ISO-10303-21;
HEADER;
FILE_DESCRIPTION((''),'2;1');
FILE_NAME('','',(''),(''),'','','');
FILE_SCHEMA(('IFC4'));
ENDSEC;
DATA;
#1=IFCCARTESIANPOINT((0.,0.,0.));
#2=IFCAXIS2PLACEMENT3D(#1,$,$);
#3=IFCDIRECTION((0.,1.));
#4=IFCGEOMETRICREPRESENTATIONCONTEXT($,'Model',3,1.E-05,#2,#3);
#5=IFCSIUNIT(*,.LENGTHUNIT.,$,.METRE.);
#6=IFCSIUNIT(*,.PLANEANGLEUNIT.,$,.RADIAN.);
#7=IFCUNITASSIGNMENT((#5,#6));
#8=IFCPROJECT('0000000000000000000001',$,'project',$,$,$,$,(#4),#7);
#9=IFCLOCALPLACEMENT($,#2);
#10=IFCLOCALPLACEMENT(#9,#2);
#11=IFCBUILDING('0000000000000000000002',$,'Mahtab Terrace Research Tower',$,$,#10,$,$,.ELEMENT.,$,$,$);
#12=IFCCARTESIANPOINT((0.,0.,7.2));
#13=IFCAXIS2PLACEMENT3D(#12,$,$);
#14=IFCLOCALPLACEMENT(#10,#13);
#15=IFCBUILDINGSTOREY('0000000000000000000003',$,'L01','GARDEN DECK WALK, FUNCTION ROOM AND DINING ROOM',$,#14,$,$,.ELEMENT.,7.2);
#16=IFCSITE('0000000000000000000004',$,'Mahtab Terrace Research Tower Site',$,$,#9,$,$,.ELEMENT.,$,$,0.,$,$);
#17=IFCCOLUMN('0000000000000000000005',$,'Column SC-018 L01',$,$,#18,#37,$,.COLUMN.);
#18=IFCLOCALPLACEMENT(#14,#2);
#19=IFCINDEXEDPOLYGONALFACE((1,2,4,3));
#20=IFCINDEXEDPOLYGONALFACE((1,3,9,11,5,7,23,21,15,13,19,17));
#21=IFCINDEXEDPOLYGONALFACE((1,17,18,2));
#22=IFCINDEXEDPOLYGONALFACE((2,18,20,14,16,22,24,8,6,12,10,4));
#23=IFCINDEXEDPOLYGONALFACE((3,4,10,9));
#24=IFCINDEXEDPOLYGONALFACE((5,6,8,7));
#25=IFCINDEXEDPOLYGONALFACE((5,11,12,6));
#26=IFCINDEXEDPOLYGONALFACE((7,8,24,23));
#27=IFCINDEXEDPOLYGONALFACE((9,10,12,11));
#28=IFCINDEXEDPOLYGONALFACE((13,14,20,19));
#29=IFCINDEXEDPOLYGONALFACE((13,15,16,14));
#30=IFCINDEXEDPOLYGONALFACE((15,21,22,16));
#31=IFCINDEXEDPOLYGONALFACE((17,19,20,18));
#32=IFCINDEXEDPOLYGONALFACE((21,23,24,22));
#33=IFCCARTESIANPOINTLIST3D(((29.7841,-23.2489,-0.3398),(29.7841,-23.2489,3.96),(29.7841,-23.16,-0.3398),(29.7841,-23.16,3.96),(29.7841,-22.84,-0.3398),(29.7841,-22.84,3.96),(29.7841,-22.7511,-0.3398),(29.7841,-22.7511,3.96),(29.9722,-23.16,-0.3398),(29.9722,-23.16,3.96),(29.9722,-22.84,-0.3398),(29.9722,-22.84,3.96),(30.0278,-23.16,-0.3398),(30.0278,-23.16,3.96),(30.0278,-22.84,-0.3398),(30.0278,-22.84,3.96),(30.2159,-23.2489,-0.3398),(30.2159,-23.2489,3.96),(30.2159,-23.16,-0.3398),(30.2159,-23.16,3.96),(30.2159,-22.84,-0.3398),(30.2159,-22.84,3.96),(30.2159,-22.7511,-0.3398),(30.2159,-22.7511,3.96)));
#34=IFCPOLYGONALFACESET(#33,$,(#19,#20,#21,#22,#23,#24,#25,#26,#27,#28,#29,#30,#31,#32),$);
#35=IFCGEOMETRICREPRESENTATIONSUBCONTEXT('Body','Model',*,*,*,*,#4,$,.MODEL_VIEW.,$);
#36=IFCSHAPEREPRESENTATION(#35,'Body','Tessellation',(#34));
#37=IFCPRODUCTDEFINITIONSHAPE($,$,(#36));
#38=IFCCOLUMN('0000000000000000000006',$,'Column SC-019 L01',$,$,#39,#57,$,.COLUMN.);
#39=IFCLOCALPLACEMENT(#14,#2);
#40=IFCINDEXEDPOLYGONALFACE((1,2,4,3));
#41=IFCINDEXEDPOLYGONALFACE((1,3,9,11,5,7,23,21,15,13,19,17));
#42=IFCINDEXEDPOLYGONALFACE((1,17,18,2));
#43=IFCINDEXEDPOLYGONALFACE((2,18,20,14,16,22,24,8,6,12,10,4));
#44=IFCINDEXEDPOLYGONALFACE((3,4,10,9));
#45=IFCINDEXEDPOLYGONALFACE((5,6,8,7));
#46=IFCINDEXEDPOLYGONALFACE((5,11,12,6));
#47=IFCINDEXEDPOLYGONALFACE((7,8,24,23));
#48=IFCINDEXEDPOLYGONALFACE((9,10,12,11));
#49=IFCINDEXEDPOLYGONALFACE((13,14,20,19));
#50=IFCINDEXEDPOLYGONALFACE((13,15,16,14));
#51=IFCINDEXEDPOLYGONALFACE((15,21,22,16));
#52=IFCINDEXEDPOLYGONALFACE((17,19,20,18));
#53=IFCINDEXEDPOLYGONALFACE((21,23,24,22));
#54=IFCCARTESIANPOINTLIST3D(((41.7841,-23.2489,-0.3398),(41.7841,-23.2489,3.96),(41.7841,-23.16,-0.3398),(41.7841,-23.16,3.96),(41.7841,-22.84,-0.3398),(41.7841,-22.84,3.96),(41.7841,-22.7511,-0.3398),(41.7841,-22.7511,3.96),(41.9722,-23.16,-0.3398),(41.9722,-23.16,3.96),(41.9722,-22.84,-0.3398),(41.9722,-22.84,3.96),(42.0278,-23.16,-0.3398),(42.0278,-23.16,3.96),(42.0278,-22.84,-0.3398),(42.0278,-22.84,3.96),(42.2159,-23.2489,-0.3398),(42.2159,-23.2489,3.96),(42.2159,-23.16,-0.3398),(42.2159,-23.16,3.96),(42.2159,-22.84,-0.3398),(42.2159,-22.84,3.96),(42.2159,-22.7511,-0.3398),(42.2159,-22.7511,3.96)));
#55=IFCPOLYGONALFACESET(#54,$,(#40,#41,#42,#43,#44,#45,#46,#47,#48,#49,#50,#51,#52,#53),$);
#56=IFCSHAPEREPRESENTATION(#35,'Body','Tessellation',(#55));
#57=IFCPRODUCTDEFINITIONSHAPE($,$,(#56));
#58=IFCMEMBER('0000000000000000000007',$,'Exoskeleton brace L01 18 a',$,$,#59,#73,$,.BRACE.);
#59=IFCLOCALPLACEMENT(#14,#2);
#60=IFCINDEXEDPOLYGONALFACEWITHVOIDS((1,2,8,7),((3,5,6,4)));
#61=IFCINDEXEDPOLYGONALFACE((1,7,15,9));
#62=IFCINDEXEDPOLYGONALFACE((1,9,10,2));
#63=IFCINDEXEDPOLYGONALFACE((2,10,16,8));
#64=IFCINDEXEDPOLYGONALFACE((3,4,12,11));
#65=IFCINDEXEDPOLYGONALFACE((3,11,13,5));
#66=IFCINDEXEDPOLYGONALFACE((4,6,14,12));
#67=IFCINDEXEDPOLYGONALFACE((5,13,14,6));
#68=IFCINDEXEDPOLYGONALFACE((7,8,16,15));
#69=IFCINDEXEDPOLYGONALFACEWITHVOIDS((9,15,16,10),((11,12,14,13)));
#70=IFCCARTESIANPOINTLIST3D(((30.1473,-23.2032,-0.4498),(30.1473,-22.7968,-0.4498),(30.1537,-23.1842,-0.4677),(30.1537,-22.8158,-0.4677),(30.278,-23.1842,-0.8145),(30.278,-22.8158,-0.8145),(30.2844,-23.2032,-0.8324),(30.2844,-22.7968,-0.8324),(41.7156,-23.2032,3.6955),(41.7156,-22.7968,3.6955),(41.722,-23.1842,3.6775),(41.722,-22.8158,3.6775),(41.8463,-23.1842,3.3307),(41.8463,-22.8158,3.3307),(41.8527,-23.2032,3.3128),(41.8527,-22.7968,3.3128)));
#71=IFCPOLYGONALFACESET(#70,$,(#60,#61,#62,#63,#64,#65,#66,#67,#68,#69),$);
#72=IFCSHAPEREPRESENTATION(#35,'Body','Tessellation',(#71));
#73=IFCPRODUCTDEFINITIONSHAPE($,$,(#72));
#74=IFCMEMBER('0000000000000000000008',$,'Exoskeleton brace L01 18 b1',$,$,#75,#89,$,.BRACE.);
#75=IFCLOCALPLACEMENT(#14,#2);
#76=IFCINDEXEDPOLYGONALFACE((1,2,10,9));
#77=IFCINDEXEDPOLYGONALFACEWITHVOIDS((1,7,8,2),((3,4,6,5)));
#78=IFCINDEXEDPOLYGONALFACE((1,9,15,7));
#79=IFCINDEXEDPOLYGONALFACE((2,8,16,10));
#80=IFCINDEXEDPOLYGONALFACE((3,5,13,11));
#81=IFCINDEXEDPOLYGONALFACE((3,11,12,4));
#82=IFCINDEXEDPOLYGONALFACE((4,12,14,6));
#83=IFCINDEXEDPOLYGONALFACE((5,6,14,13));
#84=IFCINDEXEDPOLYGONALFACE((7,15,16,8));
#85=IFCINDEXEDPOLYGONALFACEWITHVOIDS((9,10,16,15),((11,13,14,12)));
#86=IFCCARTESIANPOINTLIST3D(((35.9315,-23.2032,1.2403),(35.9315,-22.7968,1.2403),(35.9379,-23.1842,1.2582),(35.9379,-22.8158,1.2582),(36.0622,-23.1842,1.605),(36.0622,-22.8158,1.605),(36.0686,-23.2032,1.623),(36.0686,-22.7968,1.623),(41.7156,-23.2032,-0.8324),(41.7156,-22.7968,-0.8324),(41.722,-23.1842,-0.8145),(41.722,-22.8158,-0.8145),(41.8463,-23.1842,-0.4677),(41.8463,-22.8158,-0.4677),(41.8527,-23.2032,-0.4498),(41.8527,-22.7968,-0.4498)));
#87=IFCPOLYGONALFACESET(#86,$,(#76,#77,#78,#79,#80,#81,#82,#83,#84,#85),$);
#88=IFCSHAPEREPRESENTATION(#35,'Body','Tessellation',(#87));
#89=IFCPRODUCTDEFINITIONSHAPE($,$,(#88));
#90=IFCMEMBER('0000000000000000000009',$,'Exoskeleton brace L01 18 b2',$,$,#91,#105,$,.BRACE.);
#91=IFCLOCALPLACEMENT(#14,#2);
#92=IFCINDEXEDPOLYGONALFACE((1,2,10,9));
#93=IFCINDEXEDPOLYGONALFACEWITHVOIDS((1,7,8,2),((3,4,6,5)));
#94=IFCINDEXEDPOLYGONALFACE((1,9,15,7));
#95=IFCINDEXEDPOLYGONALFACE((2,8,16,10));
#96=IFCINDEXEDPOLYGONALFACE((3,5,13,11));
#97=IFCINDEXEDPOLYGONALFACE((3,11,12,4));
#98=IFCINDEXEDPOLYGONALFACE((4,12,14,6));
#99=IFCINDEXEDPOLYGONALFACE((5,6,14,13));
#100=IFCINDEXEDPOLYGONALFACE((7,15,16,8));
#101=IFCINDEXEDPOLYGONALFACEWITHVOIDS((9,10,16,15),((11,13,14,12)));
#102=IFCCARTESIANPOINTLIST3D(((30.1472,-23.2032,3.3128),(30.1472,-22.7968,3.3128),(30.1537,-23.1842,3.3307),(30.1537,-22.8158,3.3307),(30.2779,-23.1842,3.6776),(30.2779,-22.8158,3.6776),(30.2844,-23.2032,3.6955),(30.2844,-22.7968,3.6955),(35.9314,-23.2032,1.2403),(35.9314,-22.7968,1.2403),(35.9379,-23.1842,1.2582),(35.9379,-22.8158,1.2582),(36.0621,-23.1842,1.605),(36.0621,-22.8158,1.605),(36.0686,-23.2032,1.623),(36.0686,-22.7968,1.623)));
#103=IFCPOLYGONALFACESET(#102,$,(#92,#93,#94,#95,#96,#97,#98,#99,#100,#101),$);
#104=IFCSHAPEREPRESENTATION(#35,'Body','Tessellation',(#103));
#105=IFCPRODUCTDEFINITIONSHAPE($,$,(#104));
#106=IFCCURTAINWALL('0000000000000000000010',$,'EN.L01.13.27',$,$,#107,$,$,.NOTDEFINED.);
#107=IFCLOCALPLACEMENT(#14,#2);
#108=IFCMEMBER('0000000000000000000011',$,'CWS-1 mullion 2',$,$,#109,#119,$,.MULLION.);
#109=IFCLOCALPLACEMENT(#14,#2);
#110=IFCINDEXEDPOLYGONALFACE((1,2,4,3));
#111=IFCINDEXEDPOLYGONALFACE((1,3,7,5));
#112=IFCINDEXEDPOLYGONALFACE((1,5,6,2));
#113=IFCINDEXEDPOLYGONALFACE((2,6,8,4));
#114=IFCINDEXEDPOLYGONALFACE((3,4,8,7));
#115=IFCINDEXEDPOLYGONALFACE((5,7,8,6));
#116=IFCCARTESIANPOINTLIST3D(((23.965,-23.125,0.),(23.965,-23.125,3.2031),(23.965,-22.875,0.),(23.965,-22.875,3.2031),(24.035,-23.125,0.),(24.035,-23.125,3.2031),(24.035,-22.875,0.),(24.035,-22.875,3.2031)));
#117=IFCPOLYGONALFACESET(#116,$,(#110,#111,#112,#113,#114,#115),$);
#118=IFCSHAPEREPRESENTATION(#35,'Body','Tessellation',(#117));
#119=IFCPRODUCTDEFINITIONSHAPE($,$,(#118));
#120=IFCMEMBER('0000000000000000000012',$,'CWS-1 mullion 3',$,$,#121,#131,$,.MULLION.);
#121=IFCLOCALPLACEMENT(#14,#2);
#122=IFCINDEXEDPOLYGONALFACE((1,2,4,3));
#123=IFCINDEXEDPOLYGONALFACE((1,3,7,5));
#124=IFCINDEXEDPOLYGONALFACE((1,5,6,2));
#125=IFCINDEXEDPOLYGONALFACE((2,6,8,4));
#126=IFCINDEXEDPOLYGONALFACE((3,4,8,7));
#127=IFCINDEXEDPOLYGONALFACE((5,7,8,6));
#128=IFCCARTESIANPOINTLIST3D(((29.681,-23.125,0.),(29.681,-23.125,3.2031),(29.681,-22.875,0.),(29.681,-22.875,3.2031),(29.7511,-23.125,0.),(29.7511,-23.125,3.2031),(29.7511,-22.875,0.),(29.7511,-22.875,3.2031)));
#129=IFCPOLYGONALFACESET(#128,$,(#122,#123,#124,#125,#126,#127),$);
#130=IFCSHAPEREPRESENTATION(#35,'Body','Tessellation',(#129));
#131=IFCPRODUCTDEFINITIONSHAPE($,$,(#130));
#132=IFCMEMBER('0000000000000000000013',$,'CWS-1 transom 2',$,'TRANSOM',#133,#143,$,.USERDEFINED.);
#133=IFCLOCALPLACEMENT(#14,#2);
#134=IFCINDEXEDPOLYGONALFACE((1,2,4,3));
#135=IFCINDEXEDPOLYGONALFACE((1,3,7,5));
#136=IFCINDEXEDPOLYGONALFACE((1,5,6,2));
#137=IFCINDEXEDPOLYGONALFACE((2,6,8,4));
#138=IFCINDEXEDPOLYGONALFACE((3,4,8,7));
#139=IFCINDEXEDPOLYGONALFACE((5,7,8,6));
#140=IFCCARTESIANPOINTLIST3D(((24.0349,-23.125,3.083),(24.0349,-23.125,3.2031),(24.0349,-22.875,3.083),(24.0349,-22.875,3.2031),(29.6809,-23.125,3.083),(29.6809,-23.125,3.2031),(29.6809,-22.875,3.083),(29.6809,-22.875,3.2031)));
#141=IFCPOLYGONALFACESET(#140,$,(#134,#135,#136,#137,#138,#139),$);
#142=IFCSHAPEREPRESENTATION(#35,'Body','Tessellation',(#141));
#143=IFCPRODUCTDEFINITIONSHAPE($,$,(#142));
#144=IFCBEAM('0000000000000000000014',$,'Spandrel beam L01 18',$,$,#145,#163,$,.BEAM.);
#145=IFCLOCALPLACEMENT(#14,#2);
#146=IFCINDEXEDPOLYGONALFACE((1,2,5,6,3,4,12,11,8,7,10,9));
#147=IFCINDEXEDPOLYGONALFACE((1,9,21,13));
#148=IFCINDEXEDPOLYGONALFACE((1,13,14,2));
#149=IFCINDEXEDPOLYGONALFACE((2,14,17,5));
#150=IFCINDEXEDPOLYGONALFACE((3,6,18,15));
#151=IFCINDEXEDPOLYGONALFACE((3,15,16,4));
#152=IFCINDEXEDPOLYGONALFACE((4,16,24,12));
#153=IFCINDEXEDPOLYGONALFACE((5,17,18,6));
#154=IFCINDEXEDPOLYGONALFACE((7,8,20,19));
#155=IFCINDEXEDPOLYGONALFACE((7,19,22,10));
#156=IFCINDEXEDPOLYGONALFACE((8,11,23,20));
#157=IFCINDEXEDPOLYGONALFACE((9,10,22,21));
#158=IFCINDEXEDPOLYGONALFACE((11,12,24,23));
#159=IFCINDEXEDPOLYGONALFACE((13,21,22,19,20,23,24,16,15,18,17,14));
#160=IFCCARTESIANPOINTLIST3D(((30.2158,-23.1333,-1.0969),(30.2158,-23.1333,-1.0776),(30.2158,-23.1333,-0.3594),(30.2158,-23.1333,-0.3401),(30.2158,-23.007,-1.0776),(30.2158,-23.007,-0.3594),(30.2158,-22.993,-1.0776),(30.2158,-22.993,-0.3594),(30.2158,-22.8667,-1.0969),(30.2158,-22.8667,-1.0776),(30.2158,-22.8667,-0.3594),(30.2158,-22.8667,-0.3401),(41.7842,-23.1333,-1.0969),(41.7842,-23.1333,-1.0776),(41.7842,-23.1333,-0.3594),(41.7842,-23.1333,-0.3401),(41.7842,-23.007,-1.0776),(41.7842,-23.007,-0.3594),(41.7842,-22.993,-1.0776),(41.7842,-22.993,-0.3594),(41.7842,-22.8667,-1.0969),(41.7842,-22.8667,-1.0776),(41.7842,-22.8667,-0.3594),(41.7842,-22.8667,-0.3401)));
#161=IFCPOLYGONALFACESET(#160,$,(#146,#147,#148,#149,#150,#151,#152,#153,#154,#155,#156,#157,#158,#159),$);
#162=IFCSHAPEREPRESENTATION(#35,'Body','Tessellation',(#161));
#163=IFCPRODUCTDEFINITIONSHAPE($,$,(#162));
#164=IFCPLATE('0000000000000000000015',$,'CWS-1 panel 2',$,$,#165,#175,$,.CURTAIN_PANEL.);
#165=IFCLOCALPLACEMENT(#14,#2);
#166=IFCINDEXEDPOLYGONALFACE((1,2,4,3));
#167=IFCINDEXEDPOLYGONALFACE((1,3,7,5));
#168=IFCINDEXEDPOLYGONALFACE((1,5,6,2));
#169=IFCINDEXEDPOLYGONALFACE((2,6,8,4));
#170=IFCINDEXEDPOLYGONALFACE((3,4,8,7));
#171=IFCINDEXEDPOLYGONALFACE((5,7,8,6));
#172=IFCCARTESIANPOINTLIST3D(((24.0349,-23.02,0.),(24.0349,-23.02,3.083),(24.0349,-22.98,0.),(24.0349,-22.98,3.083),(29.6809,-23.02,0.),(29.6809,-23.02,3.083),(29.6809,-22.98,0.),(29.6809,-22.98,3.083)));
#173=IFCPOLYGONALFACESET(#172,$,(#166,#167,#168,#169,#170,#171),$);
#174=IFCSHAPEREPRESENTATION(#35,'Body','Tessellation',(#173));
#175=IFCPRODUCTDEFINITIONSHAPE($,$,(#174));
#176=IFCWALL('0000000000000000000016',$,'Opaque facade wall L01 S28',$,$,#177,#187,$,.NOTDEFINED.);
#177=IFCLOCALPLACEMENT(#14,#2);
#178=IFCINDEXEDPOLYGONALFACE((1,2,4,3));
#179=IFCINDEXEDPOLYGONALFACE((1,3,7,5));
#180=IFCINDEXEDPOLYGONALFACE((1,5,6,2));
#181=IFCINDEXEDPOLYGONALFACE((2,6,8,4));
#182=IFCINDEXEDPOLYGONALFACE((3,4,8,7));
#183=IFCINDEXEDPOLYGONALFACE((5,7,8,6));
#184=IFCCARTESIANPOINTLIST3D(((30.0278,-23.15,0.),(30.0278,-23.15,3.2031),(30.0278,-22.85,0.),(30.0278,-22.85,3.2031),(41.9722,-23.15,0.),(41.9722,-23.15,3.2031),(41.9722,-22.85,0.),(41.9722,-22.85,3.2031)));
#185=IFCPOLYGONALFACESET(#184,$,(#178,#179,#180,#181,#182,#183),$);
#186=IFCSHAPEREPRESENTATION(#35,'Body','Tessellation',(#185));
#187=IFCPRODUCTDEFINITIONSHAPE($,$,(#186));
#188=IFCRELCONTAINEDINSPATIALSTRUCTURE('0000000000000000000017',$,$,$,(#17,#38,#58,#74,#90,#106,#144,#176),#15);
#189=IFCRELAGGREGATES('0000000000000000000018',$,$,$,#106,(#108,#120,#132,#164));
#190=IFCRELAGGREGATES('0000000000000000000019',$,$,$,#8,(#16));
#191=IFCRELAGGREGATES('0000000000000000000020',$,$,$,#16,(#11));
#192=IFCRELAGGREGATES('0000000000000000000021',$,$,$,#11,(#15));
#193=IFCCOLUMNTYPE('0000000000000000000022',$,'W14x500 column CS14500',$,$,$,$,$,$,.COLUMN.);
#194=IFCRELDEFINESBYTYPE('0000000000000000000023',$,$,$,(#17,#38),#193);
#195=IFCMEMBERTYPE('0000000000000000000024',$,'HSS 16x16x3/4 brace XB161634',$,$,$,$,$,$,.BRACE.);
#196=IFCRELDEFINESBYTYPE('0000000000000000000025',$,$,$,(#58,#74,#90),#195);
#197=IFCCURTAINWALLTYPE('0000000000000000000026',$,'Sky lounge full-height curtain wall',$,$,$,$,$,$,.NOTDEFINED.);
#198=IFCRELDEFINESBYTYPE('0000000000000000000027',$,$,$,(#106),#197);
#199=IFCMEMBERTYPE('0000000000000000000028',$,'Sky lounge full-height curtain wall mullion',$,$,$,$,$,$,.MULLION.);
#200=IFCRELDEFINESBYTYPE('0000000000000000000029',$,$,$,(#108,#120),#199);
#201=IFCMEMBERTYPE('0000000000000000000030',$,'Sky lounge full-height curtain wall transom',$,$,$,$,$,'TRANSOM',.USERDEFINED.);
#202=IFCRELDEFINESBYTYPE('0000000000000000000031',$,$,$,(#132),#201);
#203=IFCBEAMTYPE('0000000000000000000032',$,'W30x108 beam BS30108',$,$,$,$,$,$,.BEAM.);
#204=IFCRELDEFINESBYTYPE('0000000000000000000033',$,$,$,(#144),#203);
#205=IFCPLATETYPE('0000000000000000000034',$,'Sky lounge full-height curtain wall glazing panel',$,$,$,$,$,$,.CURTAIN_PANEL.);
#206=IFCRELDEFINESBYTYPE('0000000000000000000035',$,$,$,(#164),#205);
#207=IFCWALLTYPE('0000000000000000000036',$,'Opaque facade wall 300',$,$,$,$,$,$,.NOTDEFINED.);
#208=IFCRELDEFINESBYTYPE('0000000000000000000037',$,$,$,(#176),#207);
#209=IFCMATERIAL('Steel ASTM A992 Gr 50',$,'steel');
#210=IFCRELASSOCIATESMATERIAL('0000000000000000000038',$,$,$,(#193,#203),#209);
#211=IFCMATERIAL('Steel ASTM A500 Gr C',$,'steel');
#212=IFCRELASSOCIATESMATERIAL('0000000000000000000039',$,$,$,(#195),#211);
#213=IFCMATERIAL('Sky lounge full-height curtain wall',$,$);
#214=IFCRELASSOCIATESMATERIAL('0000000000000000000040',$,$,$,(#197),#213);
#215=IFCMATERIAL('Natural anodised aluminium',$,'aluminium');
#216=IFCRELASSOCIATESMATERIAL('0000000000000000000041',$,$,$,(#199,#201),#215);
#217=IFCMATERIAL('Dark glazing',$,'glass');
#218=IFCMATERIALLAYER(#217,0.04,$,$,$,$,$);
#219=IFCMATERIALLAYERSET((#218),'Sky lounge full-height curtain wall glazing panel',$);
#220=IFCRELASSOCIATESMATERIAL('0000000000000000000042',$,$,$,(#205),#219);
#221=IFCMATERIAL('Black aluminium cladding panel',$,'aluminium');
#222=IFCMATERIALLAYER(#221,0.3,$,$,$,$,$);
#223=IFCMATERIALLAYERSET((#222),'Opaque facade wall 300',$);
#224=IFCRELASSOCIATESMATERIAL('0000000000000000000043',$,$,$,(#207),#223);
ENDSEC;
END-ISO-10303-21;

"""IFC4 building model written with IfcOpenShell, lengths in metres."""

from ifc_helpers import new_model, si_unit, direction, frame, frame_2d, origin, origin_2d, place, context, subcontext, project, spatial, rectangle, hollow_rectangle, i_section, extrude, material, layer, layer_set, material_profile, profile_set, type_object, element, aggregate, save


model = new_model("IFC4")

# Units and contexts
model_context = context("Model", 3, precision=1e-05, world=origin(), true_north=direction((0.0, 1.0)))
body_context = subcontext(model_context, "Body", "Model", "MODEL_VIEW")
ifc_project = project(units=[si_unit("LENGTHUNIT", "METRE"), si_unit("PLANEANGLEUNIT", "RADIAN")], contexts=[model_context])

# Site, building, storey
site_placement = place(None, origin())
site = spatial("IfcSite", under=ifc_project, at=site_placement, Name="Mahtab Terrace Research Tower Site", CompositionType="ELEMENT", RefElevation=0.0)
building_placement = place(site_placement, origin())
building = spatial("IfcBuilding", under=site, at=building_placement, Name="Mahtab Terrace Research Tower", CompositionType="ELEMENT")
storey_placement = place(building_placement, frame((0.0, 0.0, 7.2)))
storey = spatial("IfcBuildingStorey", under=building, at=storey_placement, Name="L01", Description="GARDEN DECK WALK, FUNCTION ROOM AND DINING ROOM", CompositionType="ELEMENT", Elevation=7.2)

# Columns
ifc_material_1 = material(Name="Steel ASTM A992 Gr 50", Category="steel")
ifc_material_profile_1 = material_profile(ifc_material_1, i_section(OverallWidth=0.4319, OverallDepth=0.4978, WebThickness=0.0557, FlangeThickness=0.0889, at=origin_2d()), Name="W14X500")
ifc_profile_set_1 = profile_set([ifc_material_profile_1], Name="Steel ASTM A992 Gr 50")
column_type = type_object("IfcColumnType", Name="W14x500 column CS14500", PredefinedType="COLUMN", material=ifc_profile_set_1)
for number, where, z_axis, x_axis, name in (
    (1, (30.0, -23.0, -0.3398), (0.0, 0.0, 1.0), (1.0, 0.0, 0.0), "Column SC-018 L01"),
    (2, (42.0, -23.0, -0.3398), (0.0, 0.0, 1.0), (1.0, 0.0, 0.0), "Column SC-019 L01"),
):
    element("IfcColumn", number, at=place(storey_placement, frame(where, z_axis=z_axis, x_axis=x_axis)), inside=storey, type_object=column_type, Name=name, PredefinedType="COLUMN", context=body_context, shape_type="SweptSolid", body=[
        extrude(i_section(OverallWidth=0.4319, OverallDepth=0.4978, WebThickness=0.0557, FlangeThickness=0.0889, at=origin_2d()), origin(), (0.0, 0.0, 1.0), 4.2998),
    ])

# Members
ifc_material_2 = material(Name="Steel ASTM A500 Gr C", Category="steel")
ifc_material_profile_2 = material_profile(ifc_material_2, hollow_rectangle(XDim=0.4065, YDim=0.4065, WallThickness=0.019, at=origin_2d()), Name="HSS16X16X3/4")
ifc_profile_set_2 = profile_set([ifc_material_profile_2], Name="Steel ASTM A500 Gr C")
member_type_1 = type_object("IfcMemberType", Name="HSS 16x16x3/4 brace XB161634", PredefinedType="BRACE", material=ifc_profile_set_2)
member_1_placement = place(storey_placement, frame((30.2158, -23.0, -0.6411), z_axis=(0.941388, 0.0, 0.337325), x_axis=(0.0, 1.0, 0.0)))
element("IfcMember", 3, at=member_1_placement, inside=storey, type_object=member_type_1, Name="Exoskeleton brace L01 18 a", PredefinedType="BRACE", context=body_context, shape_type="SweptSolid", body=[
    extrude(hollow_rectangle(XDim=0.4065, YDim=0.4065, WallThickness=0.019, at=origin_2d()), origin(), (0.0, 0.0, 1.0), 12.2886),
])
for number, where, z_axis, x_axis, name in (
    (4, (41.7842, -23.0, -0.6411), (-0.941382, 0.0, 0.337343), (0.0, -1.0, 0.0), "Exoskeleton brace L01 18 b1"),
    (5, (36.0, -23.0, 1.4316), (-0.941394, 0.0, 0.337308), (0.0, -1.0, 0.0), "Exoskeleton brace L01 18 b2"),
):
    element("IfcMember", number, at=place(storey_placement, frame(where, z_axis=z_axis, x_axis=x_axis)), inside=storey, type_object=member_type_1, Name=name, PredefinedType="BRACE", context=body_context, shape_type="SweptSolid", body=[
        extrude(hollow_rectangle(XDim=0.4065, YDim=0.4065, WallThickness=0.019, at=origin_2d()), origin(), (0.0, 0.0, 1.0), 6.1443),
    ])

# Curtain wall, members
ifc_material_3 = material(Name="Sky lounge full-height curtain wall")
curtain_wall_type = type_object("IfcCurtainWallType", Name="Sky lounge full-height curtain wall", PredefinedType="NOTDEFINED", material=ifc_material_3)
curtain_wall_placement = place(storey_placement, origin())
curtain_wall = element("IfcCurtainWall", 6, at=curtain_wall_placement, inside=storey, type_object=curtain_wall_type, Name="EN.L01.13.27", PredefinedType="NOTDEFINED")
ifc_material_4 = material(Name="Natural anodised aluminium", Category="aluminium")
ifc_material_profile_3 = material_profile(ifc_material_4, rectangle(XDim=0.25, YDim=0.0701, at=origin_2d()), Name="MULLION 70x250")
ifc_profile_set_3 = profile_set([ifc_material_profile_3], Name="Natural anodised aluminium")
member_type_2 = type_object("IfcMemberType", Name="Sky lounge full-height curtain wall mullion", PredefinedType="MULLION", material=ifc_profile_set_3)
member_2_placement = place(storey_placement, frame((24.0, -23.0, 0.0), z_axis=(0.0, 0.0, 1.0), x_axis=(0.0, 1.0, 0.0)))
member_2 = element("IfcMember", 7, at=member_2_placement, type_object=member_type_2, Name="CWS-1 mullion 2", PredefinedType="MULLION", context=body_context, shape_type="SweptSolid", body=[
    extrude(rectangle(XDim=0.25, YDim=0.0701, at=origin_2d()), origin(), (0.0, 0.0, 1.0), 3.2031),
])
member_3_placement = place(storey_placement, frame((29.7161, -23.0, 0.0), z_axis=(0.0, 0.0, 1.0), x_axis=(0.0, 1.0, 0.0)))
member_3 = element("IfcMember", 8, at=member_3_placement, type_object=member_type_2, Name="CWS-1 mullion 3", PredefinedType="MULLION", context=body_context, shape_type="SweptSolid", body=[
    extrude(rectangle(XDim=0.25, YDim=0.0701, at=origin_2d()), origin(), (0.0, 0.0, 1.0), 3.2031),
])
ifc_material_profile_4 = material_profile(ifc_material_4, rectangle(XDim=0.25, YDim=0.1201, at=origin_2d()), Name="TRANSOM 120x250")
ifc_profile_set_4 = profile_set([ifc_material_profile_4], Name="Natural anodised aluminium")
member_type_3 = type_object("IfcMemberType", Name="Sky lounge full-height curtain wall transom", ElementType="TRANSOM", PredefinedType="USERDEFINED", material=ifc_profile_set_4)
member_4_placement = place(storey_placement, frame((24.0349, -23.0, 3.1431), z_axis=(1.0, 0.0, 0.0), x_axis=(0.0, 1.0, 0.0)))
member_4 = element("IfcMember", 9, at=member_4_placement, type_object=member_type_3, Name="CWS-1 transom 2", ObjectType="TRANSOM", PredefinedType="USERDEFINED", context=body_context, shape_type="SweptSolid", body=[
    extrude(rectangle(XDim=0.25, YDim=0.1201, at=origin_2d()), origin(), (0.0, 0.0, 1.0), 5.646),
])

# Beam
ifc_material_profile_5 = material_profile(ifc_material_1, i_section(OverallWidth=0.2666, OverallDepth=0.7568, WebThickness=0.0139, FlangeThickness=0.0193, at=origin_2d()), Name="W30X108")
ifc_profile_set_5 = profile_set([ifc_material_profile_5], Name="Steel ASTM A992 Gr 50")
beam_type = type_object("IfcBeamType", Name="W30x108 beam BS30108", PredefinedType="BEAM", material=ifc_profile_set_5)
beam_placement = place(storey_placement, frame((30.2158, -23.0, -0.7185), z_axis=(1.0, 0.0, 0.0), x_axis=(0.0, 1.0, 0.0)))
element("IfcBeam", 10, at=beam_placement, inside=storey, type_object=beam_type, Name="Spandrel beam L01 18", PredefinedType="BEAM", context=body_context, shape_type="SweptSolid", body=[
    extrude(i_section(OverallWidth=0.2666, OverallDepth=0.7568, WebThickness=0.0139, FlangeThickness=0.0193, at=origin_2d()), origin(), (0.0, 0.0, 1.0), 11.5684),
])

# Plate
ifc_material_5 = material(Name="Dark glazing", Category="glass")
ifc_layer_1 = layer(ifc_material_5, 0.04)
ifc_layer_set_1 = layer_set([ifc_layer_1], Name="Sky lounge full-height curtain wall glazing panel")
plate_type = type_object("IfcPlateType", Name="Sky lounge full-height curtain wall glazing panel", PredefinedType="CURTAIN_PANEL", material=ifc_layer_set_1)
plate_placement = place(storey_placement, frame((26.8579, -23.0, 0.0), z_axis=(0.0, 0.0, 1.0), x_axis=(1.0, 0.0, 0.0)))
plate = element("IfcPlate", 11, at=plate_placement, type_object=plate_type, Name="CWS-1 panel 2", PredefinedType="CURTAIN_PANEL", context=body_context, shape_type="SweptSolid", body=[
    extrude(rectangle(XDim=5.646, YDim=0.04, at=origin_2d()), origin(), (0.0, 0.0, 1.0), 3.083),
])
aggregate(curtain_wall, [member_2, member_3, member_4, plate])

# Wall
ifc_material_6 = material(Name="Black aluminium cladding panel", Category="aluminium")
ifc_layer_2 = layer(ifc_material_6, 0.3)
ifc_layer_set_2 = layer_set([ifc_layer_2], Name="Opaque facade wall 300")
wall_type = type_object("IfcWallType", Name="Opaque facade wall 300", PredefinedType="NOTDEFINED", material=ifc_layer_set_2)
wall_placement = place(storey_placement, frame((30.0278, -23.0, 0.0), z_axis=(0.0, 0.0, 1.0), x_axis=(1.0, 0.0, 0.0)))
element("IfcWall", 12, at=wall_placement, inside=storey, type_object=wall_type, Name="Opaque facade wall L01 S28", PredefinedType="NOTDEFINED", context=body_context, shape_type="SweptSolid", body=[
    extrude(rectangle(XDim=11.9443, YDim=0.3, at=frame_2d((5.9722, 0.0))), origin(), (0.0, 0.0, 1.0), 3.2031),
])

save(model, "model.ifc")
